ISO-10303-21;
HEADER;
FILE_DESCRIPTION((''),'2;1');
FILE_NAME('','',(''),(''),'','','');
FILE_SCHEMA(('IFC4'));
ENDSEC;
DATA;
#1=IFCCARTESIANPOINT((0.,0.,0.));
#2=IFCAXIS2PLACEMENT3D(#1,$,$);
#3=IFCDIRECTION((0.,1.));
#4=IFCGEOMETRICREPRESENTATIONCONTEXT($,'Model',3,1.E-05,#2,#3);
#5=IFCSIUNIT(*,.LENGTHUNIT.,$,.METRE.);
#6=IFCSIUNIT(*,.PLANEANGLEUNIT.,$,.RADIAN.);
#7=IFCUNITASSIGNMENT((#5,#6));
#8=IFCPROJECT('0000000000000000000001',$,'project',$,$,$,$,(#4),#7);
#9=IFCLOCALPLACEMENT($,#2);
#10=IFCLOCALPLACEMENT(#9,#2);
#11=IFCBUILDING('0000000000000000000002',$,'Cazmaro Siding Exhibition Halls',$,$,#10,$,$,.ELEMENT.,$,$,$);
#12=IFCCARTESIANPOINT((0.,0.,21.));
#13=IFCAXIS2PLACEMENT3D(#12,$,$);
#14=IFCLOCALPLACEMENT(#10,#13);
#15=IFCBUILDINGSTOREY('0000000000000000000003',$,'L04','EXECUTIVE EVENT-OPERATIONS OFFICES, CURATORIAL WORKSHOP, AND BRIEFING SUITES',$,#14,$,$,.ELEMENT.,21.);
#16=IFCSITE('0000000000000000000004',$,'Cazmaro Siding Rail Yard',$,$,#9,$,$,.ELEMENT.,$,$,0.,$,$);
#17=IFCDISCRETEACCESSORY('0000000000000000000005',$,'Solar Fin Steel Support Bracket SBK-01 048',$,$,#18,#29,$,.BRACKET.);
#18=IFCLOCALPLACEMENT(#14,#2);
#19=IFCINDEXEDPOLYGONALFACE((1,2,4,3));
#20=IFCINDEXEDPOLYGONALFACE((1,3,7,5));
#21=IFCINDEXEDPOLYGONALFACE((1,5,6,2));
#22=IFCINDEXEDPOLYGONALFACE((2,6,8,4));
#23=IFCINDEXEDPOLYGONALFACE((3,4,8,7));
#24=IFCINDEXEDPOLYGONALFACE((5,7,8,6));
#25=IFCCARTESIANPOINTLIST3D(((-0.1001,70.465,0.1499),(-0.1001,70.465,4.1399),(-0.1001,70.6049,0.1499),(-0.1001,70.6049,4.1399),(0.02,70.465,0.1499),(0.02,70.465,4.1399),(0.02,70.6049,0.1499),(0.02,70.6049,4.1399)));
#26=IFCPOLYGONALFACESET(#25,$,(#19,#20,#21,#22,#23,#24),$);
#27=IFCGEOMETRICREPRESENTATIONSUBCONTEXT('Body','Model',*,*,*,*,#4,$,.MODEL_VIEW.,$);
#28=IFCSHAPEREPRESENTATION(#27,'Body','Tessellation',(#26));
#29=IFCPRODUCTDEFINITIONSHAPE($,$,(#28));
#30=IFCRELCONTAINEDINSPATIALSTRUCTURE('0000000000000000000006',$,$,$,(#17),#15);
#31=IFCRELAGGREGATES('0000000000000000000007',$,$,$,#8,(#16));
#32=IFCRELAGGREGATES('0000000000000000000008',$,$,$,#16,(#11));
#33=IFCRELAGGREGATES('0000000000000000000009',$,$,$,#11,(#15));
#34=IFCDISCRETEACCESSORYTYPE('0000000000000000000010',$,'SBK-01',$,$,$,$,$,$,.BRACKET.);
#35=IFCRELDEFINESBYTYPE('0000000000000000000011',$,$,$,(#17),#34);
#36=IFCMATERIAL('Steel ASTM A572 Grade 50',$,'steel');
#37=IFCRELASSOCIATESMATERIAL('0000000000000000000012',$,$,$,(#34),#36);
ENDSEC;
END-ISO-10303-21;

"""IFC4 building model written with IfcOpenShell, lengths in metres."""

from ifc_helpers import new_model, si_unit, direction, frame, origin, origin_2d, place, context, subcontext, project, spatial, rectangle, extrude, material, type_object, element, save


model = new_model("IFC4")

# Units and contexts
model_context = context("Model", 3, precision=1e-05, world=origin(), true_north=direction((0.0, 1.0)))
body_context = subcontext(model_context, "Body", "Model", "MODEL_VIEW")
ifc_project = project(units=[si_unit("LENGTHUNIT", "METRE"), si_unit("PLANEANGLEUNIT", "RADIAN")], contexts=[model_context])

# Site, building, storey
site_placement = place(None, origin())
site = spatial("IfcSite", under=ifc_project, at=site_placement, Name="Cazmaro Siding Rail Yard", CompositionType="ELEMENT", RefElevation=0.0)
building_placement = place(site_placement, origin())
building = spatial("IfcBuilding", under=site, at=building_placement, Name="Cazmaro Siding Exhibition Halls", CompositionType="ELEMENT")
storey_placement = place(building_placement, frame((0.0, 0.0, 21.0)))
storey = spatial("IfcBuildingStorey", under=building, at=storey_placement, Name="L04", Description="EXECUTIVE EVENT-OPERATIONS OFFICES, CURATORIAL WORKSHOP, AND BRIEFING SUITES", CompositionType="ELEMENT", Elevation=21.0)

# Discrete accessory
ifc_material_1 = material(Name="Steel ASTM A572 Grade 50", Category="steel")
discrete_accessory_type = type_object("IfcDiscreteAccessoryType", Name="SBK-01", PredefinedType="BRACKET", material=ifc_material_1)
for number, where, z_axis, x_axis, name in (
    (1, (-0.04, 70.5349, 0.1499), (0.0, 0.0, 1.0), (1.0, 0.0, 0.0), "Solar Fin Steel Support Bracket SBK-01 048"),
):
    element("IfcDiscreteAccessory", number, at=place(storey_placement, frame(where, z_axis=z_axis, x_axis=x_axis)), inside=storey, type_object=discrete_accessory_type, Name=name, PredefinedType="BRACKET", context=body_context, shape_type="SweptSolid", body=[
        extrude(rectangle(XDim=0.1201, YDim=0.1399, at=origin_2d()), origin(), (0.0, 0.0, 1.0), 3.99),
    ])

save(model, "model.ifc")
